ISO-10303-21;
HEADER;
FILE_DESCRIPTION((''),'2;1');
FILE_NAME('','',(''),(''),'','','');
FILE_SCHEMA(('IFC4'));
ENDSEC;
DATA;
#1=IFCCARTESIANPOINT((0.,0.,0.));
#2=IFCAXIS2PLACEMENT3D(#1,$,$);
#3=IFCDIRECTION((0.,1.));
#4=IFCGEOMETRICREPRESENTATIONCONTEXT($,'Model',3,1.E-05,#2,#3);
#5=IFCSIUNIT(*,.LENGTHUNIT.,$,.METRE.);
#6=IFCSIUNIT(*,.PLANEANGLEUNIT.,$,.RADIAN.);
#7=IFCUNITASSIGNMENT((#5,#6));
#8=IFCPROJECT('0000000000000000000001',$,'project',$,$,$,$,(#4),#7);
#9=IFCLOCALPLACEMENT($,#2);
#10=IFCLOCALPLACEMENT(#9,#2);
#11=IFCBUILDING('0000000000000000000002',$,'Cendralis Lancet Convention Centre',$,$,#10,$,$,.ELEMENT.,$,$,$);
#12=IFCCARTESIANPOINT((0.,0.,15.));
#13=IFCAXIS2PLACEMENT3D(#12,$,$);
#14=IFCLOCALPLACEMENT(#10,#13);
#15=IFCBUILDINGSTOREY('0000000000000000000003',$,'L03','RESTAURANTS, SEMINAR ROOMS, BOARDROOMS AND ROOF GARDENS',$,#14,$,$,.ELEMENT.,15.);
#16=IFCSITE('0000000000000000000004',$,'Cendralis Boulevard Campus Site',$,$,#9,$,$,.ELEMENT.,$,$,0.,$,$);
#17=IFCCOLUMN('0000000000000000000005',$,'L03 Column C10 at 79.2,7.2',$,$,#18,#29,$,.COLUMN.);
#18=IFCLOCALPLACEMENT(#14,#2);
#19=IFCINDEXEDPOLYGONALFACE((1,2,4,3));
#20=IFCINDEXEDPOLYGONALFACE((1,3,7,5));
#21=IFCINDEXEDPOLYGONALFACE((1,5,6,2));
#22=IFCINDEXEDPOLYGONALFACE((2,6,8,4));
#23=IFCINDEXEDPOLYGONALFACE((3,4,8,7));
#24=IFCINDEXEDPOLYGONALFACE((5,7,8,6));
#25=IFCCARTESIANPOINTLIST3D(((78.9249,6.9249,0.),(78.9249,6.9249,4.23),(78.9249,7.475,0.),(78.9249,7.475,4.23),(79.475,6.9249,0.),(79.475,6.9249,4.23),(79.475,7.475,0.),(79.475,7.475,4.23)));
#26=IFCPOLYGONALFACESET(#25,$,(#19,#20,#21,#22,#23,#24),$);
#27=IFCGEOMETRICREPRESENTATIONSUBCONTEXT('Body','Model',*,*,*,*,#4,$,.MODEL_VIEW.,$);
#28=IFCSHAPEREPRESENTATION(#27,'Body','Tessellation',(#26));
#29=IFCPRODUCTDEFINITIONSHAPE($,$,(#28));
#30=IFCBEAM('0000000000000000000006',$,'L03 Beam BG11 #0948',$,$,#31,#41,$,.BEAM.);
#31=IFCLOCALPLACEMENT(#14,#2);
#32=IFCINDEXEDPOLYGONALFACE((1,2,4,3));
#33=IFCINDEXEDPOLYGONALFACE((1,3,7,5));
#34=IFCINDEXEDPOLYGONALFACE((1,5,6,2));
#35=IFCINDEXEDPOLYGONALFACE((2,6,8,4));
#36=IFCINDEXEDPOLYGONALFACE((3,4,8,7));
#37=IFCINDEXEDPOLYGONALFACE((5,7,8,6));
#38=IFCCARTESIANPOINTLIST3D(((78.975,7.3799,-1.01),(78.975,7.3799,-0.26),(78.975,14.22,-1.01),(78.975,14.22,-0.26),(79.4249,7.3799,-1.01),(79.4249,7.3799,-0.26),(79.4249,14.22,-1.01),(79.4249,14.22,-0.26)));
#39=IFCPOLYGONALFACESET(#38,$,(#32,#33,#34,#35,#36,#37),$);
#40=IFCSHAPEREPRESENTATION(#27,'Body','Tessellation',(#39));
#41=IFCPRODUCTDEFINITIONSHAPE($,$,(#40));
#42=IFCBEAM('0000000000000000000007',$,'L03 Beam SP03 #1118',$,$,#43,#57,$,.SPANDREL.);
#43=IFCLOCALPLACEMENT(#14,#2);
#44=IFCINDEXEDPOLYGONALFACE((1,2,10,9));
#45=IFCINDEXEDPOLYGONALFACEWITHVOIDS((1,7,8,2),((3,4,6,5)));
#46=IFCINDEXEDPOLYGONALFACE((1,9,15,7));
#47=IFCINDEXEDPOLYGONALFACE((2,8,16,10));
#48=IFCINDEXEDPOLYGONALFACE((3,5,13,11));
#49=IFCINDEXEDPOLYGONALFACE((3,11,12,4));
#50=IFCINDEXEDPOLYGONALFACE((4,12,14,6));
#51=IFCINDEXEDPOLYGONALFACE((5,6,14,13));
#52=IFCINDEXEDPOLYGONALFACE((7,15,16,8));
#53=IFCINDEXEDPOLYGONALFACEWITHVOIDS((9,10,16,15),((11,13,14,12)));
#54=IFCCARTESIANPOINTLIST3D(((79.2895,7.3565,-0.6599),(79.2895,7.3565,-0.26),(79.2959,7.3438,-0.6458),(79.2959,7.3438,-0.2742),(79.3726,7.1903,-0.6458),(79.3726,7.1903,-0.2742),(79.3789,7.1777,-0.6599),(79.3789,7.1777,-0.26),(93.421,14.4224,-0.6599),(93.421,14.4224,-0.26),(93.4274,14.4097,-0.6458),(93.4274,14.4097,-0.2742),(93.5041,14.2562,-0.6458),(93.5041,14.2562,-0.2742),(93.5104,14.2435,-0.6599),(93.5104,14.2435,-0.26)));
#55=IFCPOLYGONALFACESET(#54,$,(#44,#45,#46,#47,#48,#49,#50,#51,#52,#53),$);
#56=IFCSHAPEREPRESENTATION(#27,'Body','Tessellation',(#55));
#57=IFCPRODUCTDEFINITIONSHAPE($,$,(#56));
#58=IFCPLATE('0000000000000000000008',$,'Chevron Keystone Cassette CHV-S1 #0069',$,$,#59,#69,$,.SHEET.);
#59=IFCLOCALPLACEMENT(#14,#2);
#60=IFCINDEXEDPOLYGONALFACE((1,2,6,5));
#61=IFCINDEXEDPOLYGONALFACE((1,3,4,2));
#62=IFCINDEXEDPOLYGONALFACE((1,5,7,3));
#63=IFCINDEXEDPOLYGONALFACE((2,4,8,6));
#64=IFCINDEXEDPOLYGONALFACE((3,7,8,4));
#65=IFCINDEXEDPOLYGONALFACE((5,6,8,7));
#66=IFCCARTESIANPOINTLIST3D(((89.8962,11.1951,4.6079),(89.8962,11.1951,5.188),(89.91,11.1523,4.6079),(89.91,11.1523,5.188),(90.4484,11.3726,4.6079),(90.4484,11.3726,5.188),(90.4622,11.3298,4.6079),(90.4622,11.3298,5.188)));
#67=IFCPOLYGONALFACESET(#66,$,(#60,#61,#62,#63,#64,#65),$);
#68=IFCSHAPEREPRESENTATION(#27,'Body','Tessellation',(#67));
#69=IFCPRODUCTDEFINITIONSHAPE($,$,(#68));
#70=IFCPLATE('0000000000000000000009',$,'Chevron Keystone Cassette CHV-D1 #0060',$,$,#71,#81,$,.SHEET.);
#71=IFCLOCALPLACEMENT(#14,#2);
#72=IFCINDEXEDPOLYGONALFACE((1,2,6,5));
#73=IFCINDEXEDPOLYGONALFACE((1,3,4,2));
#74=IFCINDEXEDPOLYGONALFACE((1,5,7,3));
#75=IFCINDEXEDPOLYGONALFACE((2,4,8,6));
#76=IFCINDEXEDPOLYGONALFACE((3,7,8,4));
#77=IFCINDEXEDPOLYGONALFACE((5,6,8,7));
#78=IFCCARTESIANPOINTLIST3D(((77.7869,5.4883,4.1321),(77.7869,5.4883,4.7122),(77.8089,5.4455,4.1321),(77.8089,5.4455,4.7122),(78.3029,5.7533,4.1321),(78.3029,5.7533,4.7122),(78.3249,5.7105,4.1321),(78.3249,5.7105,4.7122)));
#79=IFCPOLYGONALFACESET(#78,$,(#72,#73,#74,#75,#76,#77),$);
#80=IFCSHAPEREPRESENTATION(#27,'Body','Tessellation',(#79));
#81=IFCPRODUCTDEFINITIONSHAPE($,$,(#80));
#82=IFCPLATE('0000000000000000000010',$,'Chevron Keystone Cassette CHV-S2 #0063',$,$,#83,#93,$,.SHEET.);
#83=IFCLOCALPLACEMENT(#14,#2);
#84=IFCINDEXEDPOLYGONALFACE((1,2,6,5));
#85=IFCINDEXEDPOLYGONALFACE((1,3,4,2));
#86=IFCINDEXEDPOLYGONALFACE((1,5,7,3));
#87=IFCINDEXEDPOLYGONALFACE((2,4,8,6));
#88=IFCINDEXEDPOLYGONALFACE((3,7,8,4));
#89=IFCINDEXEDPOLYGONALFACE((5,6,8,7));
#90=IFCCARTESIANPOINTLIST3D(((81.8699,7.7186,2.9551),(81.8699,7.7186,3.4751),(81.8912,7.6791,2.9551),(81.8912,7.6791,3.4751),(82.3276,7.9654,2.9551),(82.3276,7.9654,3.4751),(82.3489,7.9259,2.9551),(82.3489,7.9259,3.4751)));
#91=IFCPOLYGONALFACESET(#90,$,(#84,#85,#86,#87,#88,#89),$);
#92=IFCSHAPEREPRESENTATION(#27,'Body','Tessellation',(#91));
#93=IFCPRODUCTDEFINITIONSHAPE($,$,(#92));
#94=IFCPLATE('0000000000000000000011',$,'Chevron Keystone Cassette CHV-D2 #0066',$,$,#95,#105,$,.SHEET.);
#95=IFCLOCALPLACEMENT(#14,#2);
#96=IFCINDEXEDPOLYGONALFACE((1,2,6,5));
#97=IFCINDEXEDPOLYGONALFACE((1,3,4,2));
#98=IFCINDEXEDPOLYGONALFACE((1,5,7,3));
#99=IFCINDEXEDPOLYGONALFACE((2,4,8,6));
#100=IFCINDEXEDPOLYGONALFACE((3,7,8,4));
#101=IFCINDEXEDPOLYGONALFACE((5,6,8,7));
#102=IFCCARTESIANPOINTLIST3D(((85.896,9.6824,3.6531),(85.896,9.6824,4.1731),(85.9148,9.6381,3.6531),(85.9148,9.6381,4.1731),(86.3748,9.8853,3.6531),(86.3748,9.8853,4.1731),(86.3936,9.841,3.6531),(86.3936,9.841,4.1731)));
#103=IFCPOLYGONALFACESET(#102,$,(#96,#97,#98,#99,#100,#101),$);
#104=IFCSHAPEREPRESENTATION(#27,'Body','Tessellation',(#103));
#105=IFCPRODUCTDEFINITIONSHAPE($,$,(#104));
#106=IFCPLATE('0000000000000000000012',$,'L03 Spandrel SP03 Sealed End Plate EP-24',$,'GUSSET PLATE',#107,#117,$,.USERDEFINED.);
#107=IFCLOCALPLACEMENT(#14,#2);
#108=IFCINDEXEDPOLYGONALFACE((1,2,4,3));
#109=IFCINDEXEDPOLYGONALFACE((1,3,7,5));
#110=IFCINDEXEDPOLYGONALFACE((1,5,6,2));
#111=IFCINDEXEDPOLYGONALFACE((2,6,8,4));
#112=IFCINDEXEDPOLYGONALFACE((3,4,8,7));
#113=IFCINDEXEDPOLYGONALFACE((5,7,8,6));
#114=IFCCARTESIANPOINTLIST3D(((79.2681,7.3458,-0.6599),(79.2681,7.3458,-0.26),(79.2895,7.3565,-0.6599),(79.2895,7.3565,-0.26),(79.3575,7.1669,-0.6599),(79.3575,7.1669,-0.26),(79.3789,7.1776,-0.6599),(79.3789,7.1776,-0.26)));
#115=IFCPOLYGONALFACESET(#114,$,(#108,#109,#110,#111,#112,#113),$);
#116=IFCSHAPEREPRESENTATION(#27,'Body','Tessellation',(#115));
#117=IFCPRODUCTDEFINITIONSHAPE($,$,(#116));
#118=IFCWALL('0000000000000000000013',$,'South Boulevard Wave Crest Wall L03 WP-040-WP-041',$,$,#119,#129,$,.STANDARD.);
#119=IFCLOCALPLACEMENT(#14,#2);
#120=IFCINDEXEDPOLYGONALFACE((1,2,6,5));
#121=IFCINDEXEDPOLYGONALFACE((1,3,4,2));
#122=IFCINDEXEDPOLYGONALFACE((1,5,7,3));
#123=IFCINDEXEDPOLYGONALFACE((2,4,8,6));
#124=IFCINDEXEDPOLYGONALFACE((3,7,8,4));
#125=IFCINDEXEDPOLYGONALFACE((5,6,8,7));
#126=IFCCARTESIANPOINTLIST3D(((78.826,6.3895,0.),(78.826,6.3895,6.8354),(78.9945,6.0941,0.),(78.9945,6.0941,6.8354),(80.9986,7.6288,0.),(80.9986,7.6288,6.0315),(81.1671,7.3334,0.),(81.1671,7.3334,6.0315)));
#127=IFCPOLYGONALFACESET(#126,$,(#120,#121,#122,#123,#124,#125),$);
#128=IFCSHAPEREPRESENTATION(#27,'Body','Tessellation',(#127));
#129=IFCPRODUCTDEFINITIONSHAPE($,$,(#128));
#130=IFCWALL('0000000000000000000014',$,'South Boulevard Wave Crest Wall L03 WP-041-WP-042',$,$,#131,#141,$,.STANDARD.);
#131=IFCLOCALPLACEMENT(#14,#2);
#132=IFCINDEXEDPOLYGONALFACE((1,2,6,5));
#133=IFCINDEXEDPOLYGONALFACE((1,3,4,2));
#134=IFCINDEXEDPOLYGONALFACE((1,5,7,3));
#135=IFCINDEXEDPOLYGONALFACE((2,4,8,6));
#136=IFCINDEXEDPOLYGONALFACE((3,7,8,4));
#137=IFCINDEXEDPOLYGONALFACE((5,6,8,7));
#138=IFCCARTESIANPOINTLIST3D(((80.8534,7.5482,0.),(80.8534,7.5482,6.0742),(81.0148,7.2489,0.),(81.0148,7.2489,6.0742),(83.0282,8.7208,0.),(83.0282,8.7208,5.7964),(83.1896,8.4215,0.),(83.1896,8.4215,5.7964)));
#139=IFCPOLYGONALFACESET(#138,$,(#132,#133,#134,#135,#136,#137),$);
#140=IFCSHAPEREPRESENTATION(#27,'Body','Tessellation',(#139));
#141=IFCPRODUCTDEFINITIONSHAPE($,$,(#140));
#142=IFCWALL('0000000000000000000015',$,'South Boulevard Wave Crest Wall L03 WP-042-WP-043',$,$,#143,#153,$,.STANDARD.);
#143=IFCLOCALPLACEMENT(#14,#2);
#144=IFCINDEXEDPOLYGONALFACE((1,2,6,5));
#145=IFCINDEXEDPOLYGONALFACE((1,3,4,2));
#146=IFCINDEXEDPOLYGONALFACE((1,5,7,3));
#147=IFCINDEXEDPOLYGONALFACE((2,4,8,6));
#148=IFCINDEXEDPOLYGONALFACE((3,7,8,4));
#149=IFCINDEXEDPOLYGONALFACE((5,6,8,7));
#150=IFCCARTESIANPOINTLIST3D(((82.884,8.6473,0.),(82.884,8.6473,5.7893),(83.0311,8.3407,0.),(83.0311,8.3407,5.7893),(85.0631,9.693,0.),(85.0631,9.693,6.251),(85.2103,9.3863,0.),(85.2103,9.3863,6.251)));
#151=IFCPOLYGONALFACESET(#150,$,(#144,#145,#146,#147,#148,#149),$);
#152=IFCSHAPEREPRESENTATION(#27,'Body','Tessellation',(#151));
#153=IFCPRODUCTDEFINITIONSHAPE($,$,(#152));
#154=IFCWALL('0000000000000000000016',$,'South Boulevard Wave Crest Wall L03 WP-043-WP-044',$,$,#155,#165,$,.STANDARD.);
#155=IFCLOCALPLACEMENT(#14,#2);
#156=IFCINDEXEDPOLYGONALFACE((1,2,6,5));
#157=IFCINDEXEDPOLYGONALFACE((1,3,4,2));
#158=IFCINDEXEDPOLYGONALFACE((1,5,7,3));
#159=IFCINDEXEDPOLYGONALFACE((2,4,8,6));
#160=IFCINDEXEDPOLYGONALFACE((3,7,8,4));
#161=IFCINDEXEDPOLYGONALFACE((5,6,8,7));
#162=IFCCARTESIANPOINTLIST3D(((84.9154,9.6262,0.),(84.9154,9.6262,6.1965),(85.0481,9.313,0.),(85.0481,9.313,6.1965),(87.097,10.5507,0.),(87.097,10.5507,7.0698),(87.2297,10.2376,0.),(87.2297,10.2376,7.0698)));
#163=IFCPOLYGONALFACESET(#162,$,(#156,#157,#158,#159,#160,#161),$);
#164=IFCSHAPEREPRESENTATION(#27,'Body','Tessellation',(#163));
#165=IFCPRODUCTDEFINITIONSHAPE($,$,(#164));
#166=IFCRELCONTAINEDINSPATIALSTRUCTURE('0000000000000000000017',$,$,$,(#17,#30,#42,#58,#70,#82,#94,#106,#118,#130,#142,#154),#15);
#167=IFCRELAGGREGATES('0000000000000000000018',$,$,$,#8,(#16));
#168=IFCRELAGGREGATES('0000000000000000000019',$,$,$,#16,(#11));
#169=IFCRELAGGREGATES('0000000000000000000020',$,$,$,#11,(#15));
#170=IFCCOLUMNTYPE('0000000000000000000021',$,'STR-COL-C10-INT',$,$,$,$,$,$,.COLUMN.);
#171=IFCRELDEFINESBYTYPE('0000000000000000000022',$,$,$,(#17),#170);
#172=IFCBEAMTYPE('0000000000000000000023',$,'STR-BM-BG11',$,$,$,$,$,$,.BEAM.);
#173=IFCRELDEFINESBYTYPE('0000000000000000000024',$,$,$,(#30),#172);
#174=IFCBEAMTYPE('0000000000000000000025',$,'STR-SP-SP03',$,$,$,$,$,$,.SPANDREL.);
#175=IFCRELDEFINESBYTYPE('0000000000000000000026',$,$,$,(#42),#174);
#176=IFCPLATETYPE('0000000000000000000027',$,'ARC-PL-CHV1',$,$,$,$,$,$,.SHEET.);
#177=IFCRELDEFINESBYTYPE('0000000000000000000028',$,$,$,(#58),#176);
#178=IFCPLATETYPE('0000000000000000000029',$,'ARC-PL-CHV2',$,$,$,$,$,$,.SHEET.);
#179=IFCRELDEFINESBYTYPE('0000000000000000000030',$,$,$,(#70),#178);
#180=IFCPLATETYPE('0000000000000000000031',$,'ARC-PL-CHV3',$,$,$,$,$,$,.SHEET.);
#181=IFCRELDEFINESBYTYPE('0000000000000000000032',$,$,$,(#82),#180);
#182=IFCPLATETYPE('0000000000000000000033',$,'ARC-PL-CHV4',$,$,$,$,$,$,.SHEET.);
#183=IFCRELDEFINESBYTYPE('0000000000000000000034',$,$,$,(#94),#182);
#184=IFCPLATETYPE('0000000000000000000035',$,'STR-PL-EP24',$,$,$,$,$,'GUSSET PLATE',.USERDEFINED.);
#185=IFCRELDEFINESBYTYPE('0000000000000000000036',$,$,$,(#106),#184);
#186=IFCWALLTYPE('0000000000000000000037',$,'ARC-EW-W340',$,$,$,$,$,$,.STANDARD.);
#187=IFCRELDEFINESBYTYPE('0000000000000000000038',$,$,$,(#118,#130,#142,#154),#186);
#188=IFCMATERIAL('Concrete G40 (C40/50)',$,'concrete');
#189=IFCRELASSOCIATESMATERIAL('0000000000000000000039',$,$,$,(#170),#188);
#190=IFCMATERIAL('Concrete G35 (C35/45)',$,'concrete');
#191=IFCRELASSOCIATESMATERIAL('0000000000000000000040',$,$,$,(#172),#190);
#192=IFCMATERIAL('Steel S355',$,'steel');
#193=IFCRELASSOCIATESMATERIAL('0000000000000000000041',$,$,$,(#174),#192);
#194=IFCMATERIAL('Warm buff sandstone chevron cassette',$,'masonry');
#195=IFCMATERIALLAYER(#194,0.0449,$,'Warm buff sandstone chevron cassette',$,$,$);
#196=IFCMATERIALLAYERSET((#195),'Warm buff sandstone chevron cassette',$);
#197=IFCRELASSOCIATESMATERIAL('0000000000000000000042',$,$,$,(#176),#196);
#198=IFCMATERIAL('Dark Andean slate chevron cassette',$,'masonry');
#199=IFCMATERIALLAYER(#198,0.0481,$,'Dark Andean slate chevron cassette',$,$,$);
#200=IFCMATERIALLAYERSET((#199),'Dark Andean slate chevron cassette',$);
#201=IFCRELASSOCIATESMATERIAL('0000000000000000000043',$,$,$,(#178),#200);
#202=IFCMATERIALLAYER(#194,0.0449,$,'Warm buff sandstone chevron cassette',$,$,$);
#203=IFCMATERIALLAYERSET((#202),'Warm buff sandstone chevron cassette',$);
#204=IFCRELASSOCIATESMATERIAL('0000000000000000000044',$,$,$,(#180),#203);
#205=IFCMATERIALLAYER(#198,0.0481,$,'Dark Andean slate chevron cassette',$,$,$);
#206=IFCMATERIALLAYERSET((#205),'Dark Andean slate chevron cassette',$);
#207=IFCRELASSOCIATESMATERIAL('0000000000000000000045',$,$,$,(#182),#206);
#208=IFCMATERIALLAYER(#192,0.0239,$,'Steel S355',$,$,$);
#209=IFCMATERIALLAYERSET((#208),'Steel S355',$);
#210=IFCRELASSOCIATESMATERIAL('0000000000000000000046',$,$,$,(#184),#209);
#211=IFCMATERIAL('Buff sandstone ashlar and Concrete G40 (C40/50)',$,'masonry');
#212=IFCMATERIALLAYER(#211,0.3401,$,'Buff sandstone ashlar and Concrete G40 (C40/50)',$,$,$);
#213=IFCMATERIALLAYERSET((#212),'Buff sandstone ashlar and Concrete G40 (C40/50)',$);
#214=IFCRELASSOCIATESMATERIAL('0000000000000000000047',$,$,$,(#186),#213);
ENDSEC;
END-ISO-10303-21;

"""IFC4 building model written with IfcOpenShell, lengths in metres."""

from ifc_helpers import new_model, si_unit, direction, frame, origin, origin_2d, place, context, subcontext, project, spatial, polyline, rectangle, hollow_rectangle, outline, extrude, material, layer, layer_set, material_profile, profile_set, type_object, element, save


model = new_model("IFC4")

# Units and contexts
model_context = context("Model", 3, precision=1e-05, world=origin(), true_north=direction((0.0, 1.0)))
body_context = subcontext(model_context, "Body", "Model", "MODEL_VIEW")
ifc_project = project(units=[si_unit("LENGTHUNIT", "METRE"), si_unit("PLANEANGLEUNIT", "RADIAN")], contexts=[model_context])

# Site, building, storey
site_placement = place(None, origin())
site = spatial("IfcSite", under=ifc_project, at=site_placement, Name="Cendralis Boulevard Campus Site", CompositionType="ELEMENT", RefElevation=0.0)
building_placement = place(site_placement, origin())
building = spatial("IfcBuilding", under=site, at=building_placement, Name="Cendralis Lancet Convention Centre", CompositionType="ELEMENT")
storey_placement = place(building_placement, frame((0.0, 0.0, 15.0)))
storey = spatial("IfcBuildingStorey", under=building, at=storey_placement, Name="L03", Description="RESTAURANTS, SEMINAR ROOMS, BOARDROOMS AND ROOF GARDENS", CompositionType="ELEMENT", Elevation=15.0)

# Column
ifc_material_1 = material(Name="Concrete G40 (C40/50)", Category="concrete")
ifc_material_profile_1 = material_profile(ifc_material_1, rectangle(XDim=0.55, YDim=0.55, at=origin_2d()), Name="RC 550x550")
ifc_profile_set_1 = profile_set([ifc_material_profile_1], Name="Concrete G40 (C40/50)")
column_type = type_object("IfcColumnType", Name="STR-COL-C10-INT", PredefinedType="COLUMN", material=ifc_profile_set_1)
column_placement = place(storey_placement, frame((79.2, 7.2, 0.0), z_axis=(0.0, 0.0, 1.0), x_axis=(1.0, 0.0, 0.0)))
element("IfcColumn", 1, at=column_placement, inside=storey, type_object=column_type, Name="L03 Column C10 at 79.2,7.2", PredefinedType="COLUMN", context=body_context, shape_type="SweptSolid", body=[
    extrude(rectangle(XDim=0.55, YDim=0.55, at=origin_2d()), origin(), (0.0, 0.0, 1.0), 4.23),
])

# Beams
ifc_material_2 = material(Name="Concrete G35 (C35/45)", Category="concrete")
ifc_material_profile_2 = material_profile(ifc_material_2, rectangle(XDim=0.45, YDim=0.75, at=origin_2d()), Name="RCB 450x750")
ifc_profile_set_2 = profile_set([ifc_material_profile_2], Name="Concrete G35 (C35/45)")
beam_type_1 = type_object("IfcBeamType", Name="STR-BM-BG11", PredefinedType="BEAM", material=ifc_profile_set_2)
beam_1_placement = place(storey_placement, frame((79.2, 7.3799, -0.635), z_axis=(0.0, 1.0, 0.0), x_axis=(-1.0, 0.0, 0.0)))
element("IfcBeam", 2, at=beam_1_placement, inside=storey, type_object=beam_type_1, Name="L03 Beam BG11 #0948", PredefinedType="BEAM", context=body_context, shape_type="SweptSolid", body=[
    extrude(rectangle(XDim=0.45, YDim=0.75, at=origin_2d()), origin(), (0.0, 0.0, 1.0), 6.8401),
])
ifc_material_3 = material(Name="Steel S355", Category="steel")
ifc_material_profile_3 = material_profile(ifc_material_3, hollow_rectangle(XDim=0.2, YDim=0.3999, WallThickness=0.0142, at=origin_2d()), Name="RHS 400x200x14.2")
ifc_profile_set_3 = profile_set([ifc_material_profile_3], Name="Steel S355")
beam_type_2 = type_object("IfcBeamType", Name="STR-SP-SP03", PredefinedType="SPANDREL", material=ifc_profile_set_3)
beam_2_placement = place(storey_placement, frame((79.3342, 7.2671, -0.46), z_axis=(0.894424, 0.44722, 0.0), x_axis=(-0.44722, 0.894424, 0.0)))
element("IfcBeam", 3, at=beam_2_placement, inside=storey, type_object=beam_type_2, Name="L03 Beam SP03 #1118", PredefinedType="SPANDREL", context=body_context, shape_type="SweptSolid", body=[
    extrude(hollow_rectangle(XDim=0.2, YDim=0.3999, WallThickness=0.0142, at=origin_2d()), origin(), (0.0, 0.0, 1.0), 15.7996),
])

# Plates
ifc_material_4 = material(Name="Warm buff sandstone chevron cassette", Category="masonry")
ifc_layer_1 = layer(ifc_material_4, 0.0449, Name="Warm buff sandstone chevron cassette")
ifc_layer_set_1 = layer_set([ifc_layer_1], Name="Warm buff sandstone chevron cassette")
plate_type_1 = type_object("IfcPlateType", Name="ARC-PL-CHV1", PredefinedType="SHEET", material=ifc_layer_set_1)
plate_1_placement = place(storey_placement, frame((90.1792, 11.2625, 4.6079), z_axis=(0.0, 0.0, 1.0), x_axis=(0.952012, 0.306061, 0.0)))
element("IfcPlate", 4, at=plate_1_placement, inside=storey, type_object=plate_type_1, Name="Chevron Keystone Cassette CHV-S1 #0069", PredefinedType="SHEET", context=body_context, shape_type="SweptSolid", body=[
    extrude(rectangle(XDim=0.5801, YDim=0.0449, at=origin_2d()), origin(), (0.0, 0.0, 1.0), 0.5801),
])
ifc_material_5 = material(Name="Dark Andean slate chevron cassette", Category="masonry")
ifc_layer_2 = layer(ifc_material_5, 0.0481, Name="Dark Andean slate chevron cassette")
ifc_layer_set_2 = layer_set([ifc_layer_2], Name="Dark Andean slate chevron cassette")
plate_type_2 = type_object("IfcPlateType", Name="ARC-PL-CHV2", PredefinedType="SHEET", material=ifc_layer_set_2)
plate_2_placement = place(storey_placement, frame((78.0559, 5.5994, 4.1321), z_axis=(0.0, 0.0, 1.0), x_axis=(0.889544, 0.45685, 0.0)))
element("IfcPlate", 5, at=plate_2_placement, inside=storey, type_object=plate_type_2, Name="Chevron Keystone Cassette CHV-D1 #0060", PredefinedType="SHEET", context=body_context, shape_type="SweptSolid", body=[
    extrude(rectangle(XDim=0.5801, YDim=0.0481, at=origin_2d()), origin(), (0.0, 0.0, 1.0), 0.5801),
])
ifc_layer_3 = layer(ifc_material_4, 0.0449, Name="Warm buff sandstone chevron cassette")
ifc_layer_set_3 = layer_set([ifc_layer_3], Name="Warm buff sandstone chevron cassette")
plate_type_3 = type_object("IfcPlateType", Name="ARC-PL-CHV3", PredefinedType="SHEET", material=ifc_layer_set_3)
plate_3_placement = place(storey_placement, frame((82.1094, 7.8223, 2.9551), z_axis=(0.0, 0.0, 1.0), x_axis=(0.880179, 0.474641, 0.0)))
element("IfcPlate", 6, at=plate_3_placement, inside=storey, type_object=plate_type_3, Name="Chevron Keystone Cassette CHV-S2 #0063", PredefinedType="SHEET", context=body_context, shape_type="SweptSolid", body=[
    extrude(rectangle(XDim=0.52, YDim=0.0449, at=origin_2d()), origin(), (0.0, 0.0, 1.0), 0.52),
])
ifc_layer_4 = layer(ifc_material_5, 0.0481, Name="Dark Andean slate chevron cassette")
ifc_layer_set_4 = layer_set([ifc_layer_4], Name="Dark Andean slate chevron cassette")
plate_type_4 = type_object("IfcPlateType", Name="ARC-PL-CHV4", PredefinedType="SHEET", material=ifc_layer_set_4)
plate_4_placement = place(storey_placement, frame((86.1448, 9.7617, 3.6531), z_axis=(0.0, 0.0, 1.0), x_axis=(0.920757, 0.390137, 0.0)))
element("IfcPlate", 7, at=plate_4_placement, inside=storey, type_object=plate_type_4, Name="Chevron Keystone Cassette CHV-D2 #0066", PredefinedType="SHEET", context=body_context, shape_type="SweptSolid", body=[
    extrude(rectangle(XDim=0.52, YDim=0.0481, at=origin_2d()), origin(), (0.0, 0.0, 1.0), 0.52),
])
ifc_layer_5 = layer(ifc_material_3, 0.0239, Name="Steel S355")
ifc_layer_set_5 = layer_set([ifc_layer_5], Name="Steel S355")
plate_type_5 = type_object("IfcPlateType", Name="STR-PL-EP24", ElementType="GUSSET PLATE", PredefinedType="USERDEFINED", material=ifc_layer_set_5)
plate_5_placement = place(storey_placement, frame((79.3235, 7.2617, -0.6599), z_axis=(0.0, 0.0, 1.0), x_axis=(0.894427, 0.447214, 0.0)))
element("IfcPlate", 8, at=plate_5_placement, inside=storey, type_object=plate_type_5, Name="L03 Spandrel SP03 Sealed End Plate EP-24", ObjectType="GUSSET PLATE", PredefinedType="USERDEFINED", context=body_context, shape_type="SweptSolid", body=[
    extrude(rectangle(XDim=0.0239, YDim=0.2, at=origin_2d()), origin(), (0.0, 0.0, 1.0), 0.3999),
])

# Walls
ifc_material_6 = material(Name="Buff sandstone ashlar and Concrete G40 (C40/50)", Category="masonry")
ifc_layer_6 = layer(ifc_material_6, 0.3401, Name="Buff sandstone ashlar and Concrete G40 (C40/50)")
ifc_layer_set_6 = layer_set([ifc_layer_6], Name="Buff sandstone ashlar and Concrete G40 (C40/50)")
wall_type = type_object("IfcWallType", Name="ARC-EW-W340", PredefinedType="STANDARD", material=ifc_layer_set_6)
wall_1_placement = place(storey_placement, frame((78.9102, 6.2419, 0.0), z_axis=(0.0, 0.0, 1.0), x_axis=(0.868627, 0.495466, 0.0)))
element("IfcWall", 9, at=wall_1_placement, inside=storey, type_object=wall_type, Name="South Boulevard Wave Crest Wall L03 WP-040-WP-041", PredefinedType="STANDARD", context=body_context, shape_type="SweptSolid", body=[
    extrude(outline(polyline([(0.0, 0.0), (2.5012, 0.0), (2.5012, 6.0315), (0.0, 6.8354), (0.0, 0.0)])), frame((0.0, 0.1699, 0.0), z_axis=(0.0, -1.0, 0.0), x_axis=(1.0, 0.0, 0.0)), (0.0, 0.0, 1.0), 0.3401),
])
wall_2_placement = place(storey_placement, frame((80.9341, 7.3987, 0.0), z_axis=(0.0, 0.0, 1.0), x_axis=(0.880208, 0.474589, 0.0)))
element("IfcWall", 10, at=wall_2_placement, inside=storey, type_object=wall_type, Name="South Boulevard Wave Crest Wall L03 WP-041-WP-042", PredefinedType="STANDARD", context=body_context, shape_type="SweptSolid", body=[
    extrude(outline(polyline([(0.0, 0.0), (2.4707, 0.0), (2.4707, 5.7964), (0.0, 6.0742), (0.0, 0.0)])), frame((0.0, 0.1699, 0.0), z_axis=(0.0, -1.0, 0.0), x_axis=(1.0, 0.0, 0.0)), (0.0, 0.0, 1.0), 0.3401),
])
wall_3_placement = place(storey_placement, frame((82.9575, 8.4941, 0.0), z_axis=(0.0, 0.0, 1.0), x_axis=(0.901581, 0.43261, 0.0)))
element("IfcWall", 11, at=wall_3_placement, inside=storey, type_object=wall_type, Name="South Boulevard Wave Crest Wall L03 WP-042-WP-043", PredefinedType="STANDARD", context=body_context, shape_type="SweptSolid", body=[
    extrude(outline(polyline([(0.0, 0.0), (2.417, 0.0), (2.417, 6.251), (0.0, 5.7893), (0.0, 0.0)])), frame((0.0, 0.1699, 0.0), z_axis=(0.0, -1.0, 0.0), x_axis=(1.0, 0.0, 0.0)), (0.0, 0.0, 1.0), 0.3401),
])
wall_4_placement = place(storey_placement, frame((84.9817, 9.4697, 0.0), z_axis=(0.0, 0.0, 1.0), x_axis=(0.920731, 0.390198, 0.0)))
element("IfcWall", 12, at=wall_4_placement, inside=storey, type_object=wall_type, Name="South Boulevard Wave Crest Wall L03 WP-043-WP-044", PredefinedType="STANDARD", context=body_context, shape_type="SweptSolid", body=[
    extrude(outline(polyline([(0.0, 0.0), (2.3694, 0.0), (2.3694, 7.0698), (0.0, 6.1965), (0.0, 0.0)])), frame((0.0, 0.1699, 0.0), z_axis=(0.0, -1.0, 0.0), x_axis=(1.0, 0.0, 0.0)), (0.0, 0.0, 1.0), 0.3401),
])

save(model, "model.ifc")
